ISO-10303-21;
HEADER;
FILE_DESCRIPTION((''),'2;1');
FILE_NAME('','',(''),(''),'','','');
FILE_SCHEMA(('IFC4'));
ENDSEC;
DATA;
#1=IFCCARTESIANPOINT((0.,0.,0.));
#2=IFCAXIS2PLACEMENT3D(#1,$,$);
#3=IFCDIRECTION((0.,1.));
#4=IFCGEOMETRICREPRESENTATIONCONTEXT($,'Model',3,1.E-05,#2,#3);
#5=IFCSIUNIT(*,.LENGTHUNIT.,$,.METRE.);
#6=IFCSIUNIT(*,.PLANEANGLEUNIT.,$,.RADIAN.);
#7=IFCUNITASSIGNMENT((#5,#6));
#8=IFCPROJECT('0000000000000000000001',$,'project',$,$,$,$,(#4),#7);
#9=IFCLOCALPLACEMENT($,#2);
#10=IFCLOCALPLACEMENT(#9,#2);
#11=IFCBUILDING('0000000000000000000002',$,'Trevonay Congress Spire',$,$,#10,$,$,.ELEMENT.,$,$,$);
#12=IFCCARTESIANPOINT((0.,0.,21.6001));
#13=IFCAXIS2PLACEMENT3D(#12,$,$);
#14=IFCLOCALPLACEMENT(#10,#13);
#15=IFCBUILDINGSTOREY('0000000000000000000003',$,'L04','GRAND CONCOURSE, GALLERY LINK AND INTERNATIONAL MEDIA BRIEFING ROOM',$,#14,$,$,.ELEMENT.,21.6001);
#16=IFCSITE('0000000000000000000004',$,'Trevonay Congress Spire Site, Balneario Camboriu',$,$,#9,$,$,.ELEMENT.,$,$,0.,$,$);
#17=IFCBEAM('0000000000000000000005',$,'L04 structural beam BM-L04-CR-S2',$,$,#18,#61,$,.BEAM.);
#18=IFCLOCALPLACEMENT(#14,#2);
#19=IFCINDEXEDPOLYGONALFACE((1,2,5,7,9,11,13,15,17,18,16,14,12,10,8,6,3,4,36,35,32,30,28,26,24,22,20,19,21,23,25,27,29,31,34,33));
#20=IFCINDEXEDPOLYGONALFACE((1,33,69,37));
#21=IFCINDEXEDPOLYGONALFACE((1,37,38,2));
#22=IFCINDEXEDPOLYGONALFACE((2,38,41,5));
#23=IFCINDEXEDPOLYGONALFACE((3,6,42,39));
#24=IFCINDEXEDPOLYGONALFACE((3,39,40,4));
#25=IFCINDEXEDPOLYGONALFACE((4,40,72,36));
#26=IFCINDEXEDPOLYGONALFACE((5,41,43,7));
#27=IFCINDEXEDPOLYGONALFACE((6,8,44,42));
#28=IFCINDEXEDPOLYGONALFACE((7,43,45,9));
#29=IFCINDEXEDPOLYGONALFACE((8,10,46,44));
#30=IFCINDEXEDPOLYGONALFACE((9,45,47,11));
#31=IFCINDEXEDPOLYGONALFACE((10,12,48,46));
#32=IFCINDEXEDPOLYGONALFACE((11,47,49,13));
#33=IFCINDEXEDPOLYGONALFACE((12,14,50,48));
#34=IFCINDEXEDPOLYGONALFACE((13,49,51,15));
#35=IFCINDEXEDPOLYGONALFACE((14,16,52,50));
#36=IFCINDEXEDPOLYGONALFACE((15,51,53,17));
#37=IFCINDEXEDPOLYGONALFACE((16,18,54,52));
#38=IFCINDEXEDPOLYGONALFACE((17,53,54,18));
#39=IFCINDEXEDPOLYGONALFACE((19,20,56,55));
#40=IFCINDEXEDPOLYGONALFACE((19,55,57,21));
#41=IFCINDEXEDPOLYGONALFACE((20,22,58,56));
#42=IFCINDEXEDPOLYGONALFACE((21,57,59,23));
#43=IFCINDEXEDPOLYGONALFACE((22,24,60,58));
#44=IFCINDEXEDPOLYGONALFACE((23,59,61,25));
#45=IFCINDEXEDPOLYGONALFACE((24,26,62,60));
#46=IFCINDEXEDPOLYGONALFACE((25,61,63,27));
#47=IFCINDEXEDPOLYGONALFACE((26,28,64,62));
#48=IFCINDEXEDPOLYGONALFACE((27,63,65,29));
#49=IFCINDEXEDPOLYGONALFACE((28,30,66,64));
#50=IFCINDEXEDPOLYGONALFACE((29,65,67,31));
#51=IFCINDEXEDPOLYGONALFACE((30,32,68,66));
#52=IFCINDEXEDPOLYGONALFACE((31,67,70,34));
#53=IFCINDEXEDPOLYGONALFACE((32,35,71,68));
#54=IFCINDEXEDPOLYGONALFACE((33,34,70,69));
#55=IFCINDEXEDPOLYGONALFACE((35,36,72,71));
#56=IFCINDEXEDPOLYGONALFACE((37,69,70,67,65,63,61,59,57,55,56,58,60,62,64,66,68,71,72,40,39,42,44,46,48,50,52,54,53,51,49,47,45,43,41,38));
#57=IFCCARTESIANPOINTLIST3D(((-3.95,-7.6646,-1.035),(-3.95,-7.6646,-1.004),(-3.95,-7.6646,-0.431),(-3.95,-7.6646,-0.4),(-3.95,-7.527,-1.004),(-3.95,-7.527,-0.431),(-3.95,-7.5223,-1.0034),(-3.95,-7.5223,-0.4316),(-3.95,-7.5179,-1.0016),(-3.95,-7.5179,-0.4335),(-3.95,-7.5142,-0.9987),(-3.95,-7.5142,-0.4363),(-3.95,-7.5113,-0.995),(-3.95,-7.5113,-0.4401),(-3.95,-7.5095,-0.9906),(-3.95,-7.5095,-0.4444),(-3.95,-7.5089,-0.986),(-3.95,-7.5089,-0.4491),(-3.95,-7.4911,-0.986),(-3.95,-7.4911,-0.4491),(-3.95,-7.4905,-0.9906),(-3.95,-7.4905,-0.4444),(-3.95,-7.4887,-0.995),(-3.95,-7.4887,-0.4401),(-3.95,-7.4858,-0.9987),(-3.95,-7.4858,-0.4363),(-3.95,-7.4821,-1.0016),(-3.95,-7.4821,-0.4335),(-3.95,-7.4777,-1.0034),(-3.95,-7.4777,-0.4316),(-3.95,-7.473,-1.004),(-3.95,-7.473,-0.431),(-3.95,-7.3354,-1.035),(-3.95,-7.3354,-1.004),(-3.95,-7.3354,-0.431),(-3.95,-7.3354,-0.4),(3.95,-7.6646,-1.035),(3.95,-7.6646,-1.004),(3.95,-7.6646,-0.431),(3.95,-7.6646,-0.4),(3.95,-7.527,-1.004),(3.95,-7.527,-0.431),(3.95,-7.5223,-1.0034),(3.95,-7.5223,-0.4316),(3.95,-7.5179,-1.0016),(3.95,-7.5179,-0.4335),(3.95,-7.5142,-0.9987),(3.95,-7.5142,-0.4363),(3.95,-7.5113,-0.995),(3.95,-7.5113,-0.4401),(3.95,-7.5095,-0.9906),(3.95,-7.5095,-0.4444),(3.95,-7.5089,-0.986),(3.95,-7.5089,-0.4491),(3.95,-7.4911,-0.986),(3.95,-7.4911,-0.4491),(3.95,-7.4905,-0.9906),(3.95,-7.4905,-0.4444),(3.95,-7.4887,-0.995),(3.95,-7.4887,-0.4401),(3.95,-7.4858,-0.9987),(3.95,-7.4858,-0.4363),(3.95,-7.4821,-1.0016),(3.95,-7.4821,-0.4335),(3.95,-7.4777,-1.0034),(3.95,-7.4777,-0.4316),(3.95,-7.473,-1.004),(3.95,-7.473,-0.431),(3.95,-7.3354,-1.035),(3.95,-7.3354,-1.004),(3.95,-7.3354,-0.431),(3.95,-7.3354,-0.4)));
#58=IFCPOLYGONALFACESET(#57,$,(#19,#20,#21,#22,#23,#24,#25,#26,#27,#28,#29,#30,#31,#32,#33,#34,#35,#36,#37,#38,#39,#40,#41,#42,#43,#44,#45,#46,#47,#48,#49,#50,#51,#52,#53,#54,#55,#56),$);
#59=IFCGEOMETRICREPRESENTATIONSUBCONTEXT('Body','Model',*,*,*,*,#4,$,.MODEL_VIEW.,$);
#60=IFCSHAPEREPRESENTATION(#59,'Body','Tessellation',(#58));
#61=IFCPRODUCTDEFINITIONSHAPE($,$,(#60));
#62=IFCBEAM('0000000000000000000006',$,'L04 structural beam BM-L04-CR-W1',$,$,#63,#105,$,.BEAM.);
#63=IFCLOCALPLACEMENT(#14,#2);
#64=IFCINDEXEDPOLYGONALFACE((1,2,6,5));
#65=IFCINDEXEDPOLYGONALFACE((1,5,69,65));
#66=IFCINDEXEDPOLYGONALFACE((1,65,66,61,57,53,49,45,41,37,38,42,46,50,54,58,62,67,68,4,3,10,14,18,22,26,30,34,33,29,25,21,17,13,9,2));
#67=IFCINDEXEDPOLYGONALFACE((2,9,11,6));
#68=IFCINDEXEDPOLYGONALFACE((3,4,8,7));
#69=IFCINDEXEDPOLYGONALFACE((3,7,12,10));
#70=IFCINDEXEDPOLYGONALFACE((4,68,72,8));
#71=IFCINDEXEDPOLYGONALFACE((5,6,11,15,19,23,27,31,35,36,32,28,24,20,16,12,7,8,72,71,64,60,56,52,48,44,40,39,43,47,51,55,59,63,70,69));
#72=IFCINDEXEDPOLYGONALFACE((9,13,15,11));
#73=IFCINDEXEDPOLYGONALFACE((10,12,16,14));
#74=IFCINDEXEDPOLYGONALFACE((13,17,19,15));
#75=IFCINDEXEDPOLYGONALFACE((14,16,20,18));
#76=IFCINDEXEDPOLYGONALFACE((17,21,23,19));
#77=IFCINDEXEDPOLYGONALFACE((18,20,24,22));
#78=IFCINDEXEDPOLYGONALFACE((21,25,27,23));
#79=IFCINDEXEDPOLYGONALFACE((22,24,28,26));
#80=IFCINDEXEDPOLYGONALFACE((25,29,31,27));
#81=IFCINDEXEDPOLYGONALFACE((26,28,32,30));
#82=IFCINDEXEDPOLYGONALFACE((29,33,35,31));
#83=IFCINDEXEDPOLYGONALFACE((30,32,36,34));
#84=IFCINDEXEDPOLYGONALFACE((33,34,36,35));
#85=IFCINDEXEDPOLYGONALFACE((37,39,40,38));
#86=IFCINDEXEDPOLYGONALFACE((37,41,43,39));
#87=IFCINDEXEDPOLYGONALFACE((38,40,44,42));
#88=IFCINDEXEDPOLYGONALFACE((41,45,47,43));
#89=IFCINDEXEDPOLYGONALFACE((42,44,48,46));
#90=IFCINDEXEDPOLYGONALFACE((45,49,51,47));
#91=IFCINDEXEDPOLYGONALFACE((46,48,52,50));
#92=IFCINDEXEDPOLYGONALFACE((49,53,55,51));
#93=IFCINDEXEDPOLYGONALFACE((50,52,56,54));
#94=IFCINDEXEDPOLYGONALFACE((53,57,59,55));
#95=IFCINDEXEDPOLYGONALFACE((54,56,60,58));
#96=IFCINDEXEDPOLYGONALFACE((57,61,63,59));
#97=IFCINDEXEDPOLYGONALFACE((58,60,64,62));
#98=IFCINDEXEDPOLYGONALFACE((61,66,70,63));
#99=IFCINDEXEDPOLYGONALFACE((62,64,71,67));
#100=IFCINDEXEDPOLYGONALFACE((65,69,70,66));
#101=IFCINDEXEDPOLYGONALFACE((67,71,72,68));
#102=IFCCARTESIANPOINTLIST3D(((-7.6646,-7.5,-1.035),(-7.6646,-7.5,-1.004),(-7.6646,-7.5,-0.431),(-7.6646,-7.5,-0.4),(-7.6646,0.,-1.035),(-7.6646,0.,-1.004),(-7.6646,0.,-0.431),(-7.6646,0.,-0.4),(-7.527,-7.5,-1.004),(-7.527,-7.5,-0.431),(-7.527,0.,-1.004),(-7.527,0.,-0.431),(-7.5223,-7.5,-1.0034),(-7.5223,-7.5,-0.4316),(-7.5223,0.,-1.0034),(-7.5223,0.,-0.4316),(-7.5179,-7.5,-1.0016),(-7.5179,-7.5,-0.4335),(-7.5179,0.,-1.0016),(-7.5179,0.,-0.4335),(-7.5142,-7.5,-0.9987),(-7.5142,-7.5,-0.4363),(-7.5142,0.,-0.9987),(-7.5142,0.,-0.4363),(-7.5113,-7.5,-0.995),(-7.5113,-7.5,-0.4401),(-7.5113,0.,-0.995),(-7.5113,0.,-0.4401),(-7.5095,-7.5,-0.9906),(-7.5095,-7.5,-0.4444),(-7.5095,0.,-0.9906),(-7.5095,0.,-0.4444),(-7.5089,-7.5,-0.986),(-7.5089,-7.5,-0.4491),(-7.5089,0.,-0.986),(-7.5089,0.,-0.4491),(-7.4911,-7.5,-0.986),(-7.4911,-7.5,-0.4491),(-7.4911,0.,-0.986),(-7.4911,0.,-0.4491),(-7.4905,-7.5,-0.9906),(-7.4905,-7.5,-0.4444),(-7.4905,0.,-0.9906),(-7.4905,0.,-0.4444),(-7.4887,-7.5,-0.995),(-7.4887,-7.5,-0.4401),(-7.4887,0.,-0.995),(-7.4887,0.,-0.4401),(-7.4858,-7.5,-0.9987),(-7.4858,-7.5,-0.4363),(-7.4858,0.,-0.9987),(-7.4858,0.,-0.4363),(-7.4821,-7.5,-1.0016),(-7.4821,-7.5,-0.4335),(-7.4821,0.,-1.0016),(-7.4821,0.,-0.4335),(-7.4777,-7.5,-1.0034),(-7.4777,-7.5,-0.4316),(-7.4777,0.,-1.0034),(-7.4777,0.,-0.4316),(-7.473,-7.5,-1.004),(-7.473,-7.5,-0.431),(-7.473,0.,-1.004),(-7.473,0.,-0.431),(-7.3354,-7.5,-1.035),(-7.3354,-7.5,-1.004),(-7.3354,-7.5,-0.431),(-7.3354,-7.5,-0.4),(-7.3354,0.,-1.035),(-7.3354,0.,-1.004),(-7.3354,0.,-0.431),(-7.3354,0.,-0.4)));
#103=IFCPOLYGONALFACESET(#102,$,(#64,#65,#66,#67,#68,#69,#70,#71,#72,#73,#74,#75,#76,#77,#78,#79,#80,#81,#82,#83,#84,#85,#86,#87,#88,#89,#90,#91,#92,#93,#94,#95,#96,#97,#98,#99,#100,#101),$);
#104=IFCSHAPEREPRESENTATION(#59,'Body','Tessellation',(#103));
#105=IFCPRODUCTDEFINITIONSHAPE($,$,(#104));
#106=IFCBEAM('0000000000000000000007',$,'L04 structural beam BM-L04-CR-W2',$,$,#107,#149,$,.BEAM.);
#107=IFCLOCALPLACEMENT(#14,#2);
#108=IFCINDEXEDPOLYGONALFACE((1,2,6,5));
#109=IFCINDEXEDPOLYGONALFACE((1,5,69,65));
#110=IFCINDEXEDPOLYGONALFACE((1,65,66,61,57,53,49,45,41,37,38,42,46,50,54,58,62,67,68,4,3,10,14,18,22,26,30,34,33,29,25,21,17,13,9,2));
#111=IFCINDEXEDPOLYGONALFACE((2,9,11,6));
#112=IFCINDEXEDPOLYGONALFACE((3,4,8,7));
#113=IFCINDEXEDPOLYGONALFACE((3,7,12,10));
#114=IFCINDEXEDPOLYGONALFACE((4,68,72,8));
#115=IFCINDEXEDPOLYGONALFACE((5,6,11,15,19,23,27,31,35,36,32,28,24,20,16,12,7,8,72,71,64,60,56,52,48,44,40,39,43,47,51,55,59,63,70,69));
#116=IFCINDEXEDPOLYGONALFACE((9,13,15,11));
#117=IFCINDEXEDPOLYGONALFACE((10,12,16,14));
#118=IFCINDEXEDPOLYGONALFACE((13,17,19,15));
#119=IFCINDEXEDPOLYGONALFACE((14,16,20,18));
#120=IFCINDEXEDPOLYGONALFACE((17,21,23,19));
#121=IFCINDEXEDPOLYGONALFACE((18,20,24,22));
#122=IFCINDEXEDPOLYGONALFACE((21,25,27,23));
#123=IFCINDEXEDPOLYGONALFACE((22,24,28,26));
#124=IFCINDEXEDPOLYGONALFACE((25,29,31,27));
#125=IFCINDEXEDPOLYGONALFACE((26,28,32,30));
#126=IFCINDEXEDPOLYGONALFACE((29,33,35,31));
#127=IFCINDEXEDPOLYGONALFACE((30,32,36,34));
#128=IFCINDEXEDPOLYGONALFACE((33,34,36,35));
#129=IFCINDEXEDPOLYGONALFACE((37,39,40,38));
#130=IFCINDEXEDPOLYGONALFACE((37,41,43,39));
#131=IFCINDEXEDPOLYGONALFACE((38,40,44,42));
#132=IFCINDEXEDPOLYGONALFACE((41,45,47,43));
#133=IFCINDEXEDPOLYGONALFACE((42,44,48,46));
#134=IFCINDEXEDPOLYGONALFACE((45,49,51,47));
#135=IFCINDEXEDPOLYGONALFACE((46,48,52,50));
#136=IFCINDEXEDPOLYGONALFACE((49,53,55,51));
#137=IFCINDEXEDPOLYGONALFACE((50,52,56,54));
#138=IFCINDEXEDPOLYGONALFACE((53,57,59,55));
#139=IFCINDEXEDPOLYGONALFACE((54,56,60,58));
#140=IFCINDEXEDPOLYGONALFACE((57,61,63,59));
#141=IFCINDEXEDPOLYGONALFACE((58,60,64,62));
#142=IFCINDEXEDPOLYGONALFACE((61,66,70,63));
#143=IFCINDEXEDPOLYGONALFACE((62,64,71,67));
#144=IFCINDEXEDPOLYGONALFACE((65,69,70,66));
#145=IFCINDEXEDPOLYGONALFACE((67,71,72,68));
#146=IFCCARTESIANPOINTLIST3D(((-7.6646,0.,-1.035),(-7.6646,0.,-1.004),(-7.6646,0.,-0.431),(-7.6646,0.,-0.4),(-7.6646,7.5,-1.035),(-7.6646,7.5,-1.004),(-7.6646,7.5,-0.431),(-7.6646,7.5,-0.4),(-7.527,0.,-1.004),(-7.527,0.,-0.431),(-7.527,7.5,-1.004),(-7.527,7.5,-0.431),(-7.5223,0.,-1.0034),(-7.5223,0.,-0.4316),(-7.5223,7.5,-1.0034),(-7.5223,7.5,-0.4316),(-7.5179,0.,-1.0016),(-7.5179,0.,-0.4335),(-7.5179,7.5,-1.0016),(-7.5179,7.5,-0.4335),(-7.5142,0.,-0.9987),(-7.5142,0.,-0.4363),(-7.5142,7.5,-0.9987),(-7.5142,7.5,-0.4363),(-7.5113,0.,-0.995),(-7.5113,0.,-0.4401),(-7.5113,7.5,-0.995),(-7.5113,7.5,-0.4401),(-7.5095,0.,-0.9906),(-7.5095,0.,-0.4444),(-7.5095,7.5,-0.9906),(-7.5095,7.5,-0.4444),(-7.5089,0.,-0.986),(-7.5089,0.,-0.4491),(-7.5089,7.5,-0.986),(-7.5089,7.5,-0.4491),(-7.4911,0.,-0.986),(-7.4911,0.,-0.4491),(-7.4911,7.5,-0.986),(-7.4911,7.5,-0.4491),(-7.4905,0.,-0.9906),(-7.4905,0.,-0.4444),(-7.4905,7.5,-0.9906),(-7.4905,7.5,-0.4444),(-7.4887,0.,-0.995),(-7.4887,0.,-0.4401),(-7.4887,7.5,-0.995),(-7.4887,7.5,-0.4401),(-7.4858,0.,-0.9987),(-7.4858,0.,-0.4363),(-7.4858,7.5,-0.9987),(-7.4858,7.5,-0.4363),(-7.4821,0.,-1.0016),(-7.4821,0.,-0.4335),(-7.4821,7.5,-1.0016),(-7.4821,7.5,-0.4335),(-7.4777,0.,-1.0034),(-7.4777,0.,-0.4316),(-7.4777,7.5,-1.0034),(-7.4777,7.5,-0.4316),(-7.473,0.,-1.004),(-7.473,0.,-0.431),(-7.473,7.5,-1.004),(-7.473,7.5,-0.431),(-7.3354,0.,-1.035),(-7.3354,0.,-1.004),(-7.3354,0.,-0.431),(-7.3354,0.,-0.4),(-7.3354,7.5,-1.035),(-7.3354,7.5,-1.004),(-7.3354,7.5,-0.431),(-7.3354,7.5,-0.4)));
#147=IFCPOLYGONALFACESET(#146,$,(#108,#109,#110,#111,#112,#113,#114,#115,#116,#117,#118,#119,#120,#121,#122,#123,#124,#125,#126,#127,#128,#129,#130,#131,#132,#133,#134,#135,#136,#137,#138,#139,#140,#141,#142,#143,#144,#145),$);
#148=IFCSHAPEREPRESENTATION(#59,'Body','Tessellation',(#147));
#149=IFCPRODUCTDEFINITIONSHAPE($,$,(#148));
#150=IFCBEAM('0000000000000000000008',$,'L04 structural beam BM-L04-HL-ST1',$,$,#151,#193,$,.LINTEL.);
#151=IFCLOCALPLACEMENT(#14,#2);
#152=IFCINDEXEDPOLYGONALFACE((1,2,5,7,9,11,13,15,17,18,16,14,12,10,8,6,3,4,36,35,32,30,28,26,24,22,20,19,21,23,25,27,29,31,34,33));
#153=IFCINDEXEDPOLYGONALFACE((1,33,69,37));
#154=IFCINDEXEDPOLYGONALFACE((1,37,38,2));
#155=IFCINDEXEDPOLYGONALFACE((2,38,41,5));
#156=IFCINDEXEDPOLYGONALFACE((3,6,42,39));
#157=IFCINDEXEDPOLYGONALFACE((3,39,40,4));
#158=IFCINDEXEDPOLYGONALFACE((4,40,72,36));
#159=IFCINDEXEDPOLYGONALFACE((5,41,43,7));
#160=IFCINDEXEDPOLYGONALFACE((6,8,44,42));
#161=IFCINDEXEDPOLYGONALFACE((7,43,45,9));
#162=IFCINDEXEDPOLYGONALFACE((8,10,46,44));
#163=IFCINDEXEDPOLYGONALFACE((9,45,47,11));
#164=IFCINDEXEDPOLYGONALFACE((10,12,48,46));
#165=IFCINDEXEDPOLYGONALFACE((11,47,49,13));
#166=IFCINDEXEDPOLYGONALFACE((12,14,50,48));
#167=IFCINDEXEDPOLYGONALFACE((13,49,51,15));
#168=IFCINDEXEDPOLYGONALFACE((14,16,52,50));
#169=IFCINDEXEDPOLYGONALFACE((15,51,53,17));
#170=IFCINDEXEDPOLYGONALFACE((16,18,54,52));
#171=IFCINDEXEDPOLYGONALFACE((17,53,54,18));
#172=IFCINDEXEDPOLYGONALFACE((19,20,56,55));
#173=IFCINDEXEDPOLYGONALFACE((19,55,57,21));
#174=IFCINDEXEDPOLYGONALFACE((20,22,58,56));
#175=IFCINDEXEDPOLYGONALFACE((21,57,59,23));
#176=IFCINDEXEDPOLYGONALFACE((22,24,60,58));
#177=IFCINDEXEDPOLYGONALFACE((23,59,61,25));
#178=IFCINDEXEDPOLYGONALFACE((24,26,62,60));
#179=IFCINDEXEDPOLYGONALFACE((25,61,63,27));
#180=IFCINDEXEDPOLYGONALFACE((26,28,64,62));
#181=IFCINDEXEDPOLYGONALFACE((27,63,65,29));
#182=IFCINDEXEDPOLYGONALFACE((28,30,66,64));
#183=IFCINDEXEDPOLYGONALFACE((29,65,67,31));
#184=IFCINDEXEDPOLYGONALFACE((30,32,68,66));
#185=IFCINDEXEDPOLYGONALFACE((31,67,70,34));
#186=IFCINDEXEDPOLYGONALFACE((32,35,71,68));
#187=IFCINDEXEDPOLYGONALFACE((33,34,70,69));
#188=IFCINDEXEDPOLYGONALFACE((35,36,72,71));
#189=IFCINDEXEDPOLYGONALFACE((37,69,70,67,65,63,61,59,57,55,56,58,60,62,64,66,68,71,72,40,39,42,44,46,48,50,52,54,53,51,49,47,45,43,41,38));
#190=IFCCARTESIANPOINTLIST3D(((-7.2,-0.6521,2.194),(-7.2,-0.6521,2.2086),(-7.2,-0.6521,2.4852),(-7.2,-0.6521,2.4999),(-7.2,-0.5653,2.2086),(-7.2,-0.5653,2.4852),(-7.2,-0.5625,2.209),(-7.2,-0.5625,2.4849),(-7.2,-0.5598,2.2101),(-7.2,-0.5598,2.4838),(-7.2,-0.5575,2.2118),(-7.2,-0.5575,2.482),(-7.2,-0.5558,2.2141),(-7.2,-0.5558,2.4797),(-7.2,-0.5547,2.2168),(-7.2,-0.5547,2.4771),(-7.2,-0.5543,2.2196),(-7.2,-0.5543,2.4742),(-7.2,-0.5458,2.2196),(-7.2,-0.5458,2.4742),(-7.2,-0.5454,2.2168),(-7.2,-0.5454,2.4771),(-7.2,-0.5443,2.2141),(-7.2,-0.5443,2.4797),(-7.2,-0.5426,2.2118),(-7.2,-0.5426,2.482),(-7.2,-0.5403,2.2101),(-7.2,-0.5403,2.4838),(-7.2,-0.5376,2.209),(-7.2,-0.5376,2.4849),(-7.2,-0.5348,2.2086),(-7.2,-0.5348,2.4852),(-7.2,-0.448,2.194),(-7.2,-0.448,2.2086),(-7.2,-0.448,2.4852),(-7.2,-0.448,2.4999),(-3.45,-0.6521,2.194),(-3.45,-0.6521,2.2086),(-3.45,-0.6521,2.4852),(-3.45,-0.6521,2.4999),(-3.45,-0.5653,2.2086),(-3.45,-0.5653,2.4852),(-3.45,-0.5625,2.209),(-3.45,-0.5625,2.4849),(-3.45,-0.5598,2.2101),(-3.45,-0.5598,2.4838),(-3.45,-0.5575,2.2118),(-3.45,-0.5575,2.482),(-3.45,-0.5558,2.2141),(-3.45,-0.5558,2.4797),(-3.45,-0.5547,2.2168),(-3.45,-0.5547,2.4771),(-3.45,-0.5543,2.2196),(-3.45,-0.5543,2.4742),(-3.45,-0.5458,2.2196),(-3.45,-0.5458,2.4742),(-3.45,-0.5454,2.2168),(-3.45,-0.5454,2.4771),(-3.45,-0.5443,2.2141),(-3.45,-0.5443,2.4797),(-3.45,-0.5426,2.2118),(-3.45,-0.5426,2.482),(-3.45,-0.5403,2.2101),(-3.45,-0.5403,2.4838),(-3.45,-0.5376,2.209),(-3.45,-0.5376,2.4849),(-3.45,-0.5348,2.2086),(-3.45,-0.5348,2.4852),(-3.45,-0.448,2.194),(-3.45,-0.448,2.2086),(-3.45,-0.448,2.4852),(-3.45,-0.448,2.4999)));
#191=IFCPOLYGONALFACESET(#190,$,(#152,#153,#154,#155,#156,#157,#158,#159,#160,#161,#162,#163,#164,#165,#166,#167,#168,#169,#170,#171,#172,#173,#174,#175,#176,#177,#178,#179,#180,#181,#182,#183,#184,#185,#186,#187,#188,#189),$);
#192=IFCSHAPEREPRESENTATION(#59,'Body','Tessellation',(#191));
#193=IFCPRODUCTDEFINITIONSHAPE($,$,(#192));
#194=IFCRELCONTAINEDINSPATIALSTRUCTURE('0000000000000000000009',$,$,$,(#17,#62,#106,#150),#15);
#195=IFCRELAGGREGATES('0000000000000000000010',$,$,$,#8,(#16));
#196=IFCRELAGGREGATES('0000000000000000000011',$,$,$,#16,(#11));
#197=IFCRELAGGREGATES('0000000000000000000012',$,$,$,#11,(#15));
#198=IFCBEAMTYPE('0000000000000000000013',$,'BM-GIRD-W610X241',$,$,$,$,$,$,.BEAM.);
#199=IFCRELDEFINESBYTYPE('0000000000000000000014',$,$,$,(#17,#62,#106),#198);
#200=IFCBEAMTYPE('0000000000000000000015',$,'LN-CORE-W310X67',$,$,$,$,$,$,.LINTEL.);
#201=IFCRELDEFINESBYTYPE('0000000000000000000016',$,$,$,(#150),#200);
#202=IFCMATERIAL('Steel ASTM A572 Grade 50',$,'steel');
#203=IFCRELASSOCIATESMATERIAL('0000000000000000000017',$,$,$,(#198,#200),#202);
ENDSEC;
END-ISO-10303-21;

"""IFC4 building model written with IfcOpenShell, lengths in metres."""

from ifc_helpers import new_model, si_unit, direction, frame, origin, origin_2d, place, context, subcontext, project, spatial, i_section, extrude, material, material_profile, profile_set, type_object, element, save


model = new_model("IFC4")

# Units and contexts
model_context = context("Model", 3, precision=1e-05, world=origin(), true_north=direction((0.0, 1.0)))
body_context = subcontext(model_context, "Body", "Model", "MODEL_VIEW")
ifc_project = project(units=[si_unit("LENGTHUNIT", "METRE"), si_unit("PLANEANGLEUNIT", "RADIAN")], contexts=[model_context])

# Site, building, storey
site_placement = place(None, origin())
site = spatial("IfcSite", under=ifc_project, at=site_placement, Name="Trevonay Congress Spire Site, Balneario Camboriu", CompositionType="ELEMENT", RefElevation=0.0)
building_placement = place(site_placement, origin())
building = spatial("IfcBuilding", under=site, at=building_placement, Name="Trevonay Congress Spire", CompositionType="ELEMENT")
storey_placement = place(building_placement, frame((0.0, 0.0, 21.6001)))
storey = spatial("IfcBuildingStorey", under=building, at=storey_placement, Name="L04", Description="GRAND CONCOURSE, GALLERY LINK AND INTERNATIONAL MEDIA BRIEFING ROOM", CompositionType="ELEMENT", Elevation=21.6001)

# Shared definitions
ifc_material_1 = material(Name="Steel ASTM A572 Grade 50", Category="steel")

# Beams
ifc_material_profile_1 = material_profile(ifc_material_1, i_section(OverallWidth=0.3291, OverallDepth=0.635, WebThickness=0.0178, FlangeThickness=0.031, FilletRadius=0.0181, at=origin_2d()), Name="W610x241")
ifc_profile_set_1 = profile_set([ifc_material_profile_1], Name="Steel ASTM A572 Grade 50")
beam_type_1 = type_object("IfcBeamType", Name="BM-GIRD-W610X241", PredefinedType="BEAM", material=ifc_profile_set_1)
beam_1_placement = place(storey_placement, frame((-3.95, -7.5, -0.7175), z_axis=(1.0, 0.0, 0.0), x_axis=(0.0, 1.0, 0.0)))
element("IfcBeam", 1, at=beam_1_placement, inside=storey, type_object=beam_type_1, Name="L04 structural beam BM-L04-CR-S2", PredefinedType="BEAM", context=body_context, shape_type="SweptSolid", body=[
    extrude(i_section(OverallWidth=0.3291, OverallDepth=0.635, WebThickness=0.0178, FlangeThickness=0.031, FilletRadius=0.0181, at=origin_2d()), origin(), (0.0, 0.0, 1.0), 7.8999),
])
for number, where, z_axis, x_axis, name in (
    (2, (-7.5, -7.5, -0.7175), (0.0, 1.0, 0.0), (-1.0, 0.0, 0.0), "L04 structural beam BM-L04-CR-W1"),
    (3, (-7.5, 0.0, -0.7175), (0.0, 1.0, 0.0), (-1.0, 0.0, 0.0), "L04 structural beam BM-L04-CR-W2"),
):
    element("IfcBeam", number, at=place(storey_placement, frame(where, z_axis=z_axis, x_axis=x_axis)), inside=storey, type_object=beam_type_1, Name=name, PredefinedType="BEAM", context=body_context, shape_type="SweptSolid", body=[
        extrude(i_section(OverallWidth=0.3291, OverallDepth=0.635, WebThickness=0.0178, FlangeThickness=0.031, FilletRadius=0.0181, at=origin_2d()), origin(), (0.0, 0.0, 1.0), 7.5),
    ])
ifc_material_profile_2 = material_profile(ifc_material_1, i_section(OverallWidth=0.2041, OverallDepth=0.3059, WebThickness=0.0085, FlangeThickness=0.0146, FilletRadius=0.011, at=origin_2d()), Name="W310x67")
ifc_profile_set_2 = profile_set([ifc_material_profile_2], Name="Steel ASTM A572 Grade 50")
beam_type_2 = type_object("IfcBeamType", Name="LN-CORE-W310X67", PredefinedType="LINTEL", material=ifc_profile_set_2)
beam_2_placement = place(storey_placement, frame((-7.2, -0.55, 2.3469), z_axis=(1.0, 0.0, 0.0), x_axis=(0.0, 1.0, 0.0)))
element("IfcBeam", 4, at=beam_2_placement, inside=storey, type_object=beam_type_2, Name="L04 structural beam BM-L04-HL-ST1", PredefinedType="LINTEL", context=body_context, shape_type="SweptSolid", body=[
    extrude(i_section(OverallWidth=0.2041, OverallDepth=0.3059, WebThickness=0.0085, FlangeThickness=0.0146, FilletRadius=0.011, at=origin_2d()), origin(), (0.0, 0.0, 1.0), 3.75),
])

save(model, "model.ifc")
